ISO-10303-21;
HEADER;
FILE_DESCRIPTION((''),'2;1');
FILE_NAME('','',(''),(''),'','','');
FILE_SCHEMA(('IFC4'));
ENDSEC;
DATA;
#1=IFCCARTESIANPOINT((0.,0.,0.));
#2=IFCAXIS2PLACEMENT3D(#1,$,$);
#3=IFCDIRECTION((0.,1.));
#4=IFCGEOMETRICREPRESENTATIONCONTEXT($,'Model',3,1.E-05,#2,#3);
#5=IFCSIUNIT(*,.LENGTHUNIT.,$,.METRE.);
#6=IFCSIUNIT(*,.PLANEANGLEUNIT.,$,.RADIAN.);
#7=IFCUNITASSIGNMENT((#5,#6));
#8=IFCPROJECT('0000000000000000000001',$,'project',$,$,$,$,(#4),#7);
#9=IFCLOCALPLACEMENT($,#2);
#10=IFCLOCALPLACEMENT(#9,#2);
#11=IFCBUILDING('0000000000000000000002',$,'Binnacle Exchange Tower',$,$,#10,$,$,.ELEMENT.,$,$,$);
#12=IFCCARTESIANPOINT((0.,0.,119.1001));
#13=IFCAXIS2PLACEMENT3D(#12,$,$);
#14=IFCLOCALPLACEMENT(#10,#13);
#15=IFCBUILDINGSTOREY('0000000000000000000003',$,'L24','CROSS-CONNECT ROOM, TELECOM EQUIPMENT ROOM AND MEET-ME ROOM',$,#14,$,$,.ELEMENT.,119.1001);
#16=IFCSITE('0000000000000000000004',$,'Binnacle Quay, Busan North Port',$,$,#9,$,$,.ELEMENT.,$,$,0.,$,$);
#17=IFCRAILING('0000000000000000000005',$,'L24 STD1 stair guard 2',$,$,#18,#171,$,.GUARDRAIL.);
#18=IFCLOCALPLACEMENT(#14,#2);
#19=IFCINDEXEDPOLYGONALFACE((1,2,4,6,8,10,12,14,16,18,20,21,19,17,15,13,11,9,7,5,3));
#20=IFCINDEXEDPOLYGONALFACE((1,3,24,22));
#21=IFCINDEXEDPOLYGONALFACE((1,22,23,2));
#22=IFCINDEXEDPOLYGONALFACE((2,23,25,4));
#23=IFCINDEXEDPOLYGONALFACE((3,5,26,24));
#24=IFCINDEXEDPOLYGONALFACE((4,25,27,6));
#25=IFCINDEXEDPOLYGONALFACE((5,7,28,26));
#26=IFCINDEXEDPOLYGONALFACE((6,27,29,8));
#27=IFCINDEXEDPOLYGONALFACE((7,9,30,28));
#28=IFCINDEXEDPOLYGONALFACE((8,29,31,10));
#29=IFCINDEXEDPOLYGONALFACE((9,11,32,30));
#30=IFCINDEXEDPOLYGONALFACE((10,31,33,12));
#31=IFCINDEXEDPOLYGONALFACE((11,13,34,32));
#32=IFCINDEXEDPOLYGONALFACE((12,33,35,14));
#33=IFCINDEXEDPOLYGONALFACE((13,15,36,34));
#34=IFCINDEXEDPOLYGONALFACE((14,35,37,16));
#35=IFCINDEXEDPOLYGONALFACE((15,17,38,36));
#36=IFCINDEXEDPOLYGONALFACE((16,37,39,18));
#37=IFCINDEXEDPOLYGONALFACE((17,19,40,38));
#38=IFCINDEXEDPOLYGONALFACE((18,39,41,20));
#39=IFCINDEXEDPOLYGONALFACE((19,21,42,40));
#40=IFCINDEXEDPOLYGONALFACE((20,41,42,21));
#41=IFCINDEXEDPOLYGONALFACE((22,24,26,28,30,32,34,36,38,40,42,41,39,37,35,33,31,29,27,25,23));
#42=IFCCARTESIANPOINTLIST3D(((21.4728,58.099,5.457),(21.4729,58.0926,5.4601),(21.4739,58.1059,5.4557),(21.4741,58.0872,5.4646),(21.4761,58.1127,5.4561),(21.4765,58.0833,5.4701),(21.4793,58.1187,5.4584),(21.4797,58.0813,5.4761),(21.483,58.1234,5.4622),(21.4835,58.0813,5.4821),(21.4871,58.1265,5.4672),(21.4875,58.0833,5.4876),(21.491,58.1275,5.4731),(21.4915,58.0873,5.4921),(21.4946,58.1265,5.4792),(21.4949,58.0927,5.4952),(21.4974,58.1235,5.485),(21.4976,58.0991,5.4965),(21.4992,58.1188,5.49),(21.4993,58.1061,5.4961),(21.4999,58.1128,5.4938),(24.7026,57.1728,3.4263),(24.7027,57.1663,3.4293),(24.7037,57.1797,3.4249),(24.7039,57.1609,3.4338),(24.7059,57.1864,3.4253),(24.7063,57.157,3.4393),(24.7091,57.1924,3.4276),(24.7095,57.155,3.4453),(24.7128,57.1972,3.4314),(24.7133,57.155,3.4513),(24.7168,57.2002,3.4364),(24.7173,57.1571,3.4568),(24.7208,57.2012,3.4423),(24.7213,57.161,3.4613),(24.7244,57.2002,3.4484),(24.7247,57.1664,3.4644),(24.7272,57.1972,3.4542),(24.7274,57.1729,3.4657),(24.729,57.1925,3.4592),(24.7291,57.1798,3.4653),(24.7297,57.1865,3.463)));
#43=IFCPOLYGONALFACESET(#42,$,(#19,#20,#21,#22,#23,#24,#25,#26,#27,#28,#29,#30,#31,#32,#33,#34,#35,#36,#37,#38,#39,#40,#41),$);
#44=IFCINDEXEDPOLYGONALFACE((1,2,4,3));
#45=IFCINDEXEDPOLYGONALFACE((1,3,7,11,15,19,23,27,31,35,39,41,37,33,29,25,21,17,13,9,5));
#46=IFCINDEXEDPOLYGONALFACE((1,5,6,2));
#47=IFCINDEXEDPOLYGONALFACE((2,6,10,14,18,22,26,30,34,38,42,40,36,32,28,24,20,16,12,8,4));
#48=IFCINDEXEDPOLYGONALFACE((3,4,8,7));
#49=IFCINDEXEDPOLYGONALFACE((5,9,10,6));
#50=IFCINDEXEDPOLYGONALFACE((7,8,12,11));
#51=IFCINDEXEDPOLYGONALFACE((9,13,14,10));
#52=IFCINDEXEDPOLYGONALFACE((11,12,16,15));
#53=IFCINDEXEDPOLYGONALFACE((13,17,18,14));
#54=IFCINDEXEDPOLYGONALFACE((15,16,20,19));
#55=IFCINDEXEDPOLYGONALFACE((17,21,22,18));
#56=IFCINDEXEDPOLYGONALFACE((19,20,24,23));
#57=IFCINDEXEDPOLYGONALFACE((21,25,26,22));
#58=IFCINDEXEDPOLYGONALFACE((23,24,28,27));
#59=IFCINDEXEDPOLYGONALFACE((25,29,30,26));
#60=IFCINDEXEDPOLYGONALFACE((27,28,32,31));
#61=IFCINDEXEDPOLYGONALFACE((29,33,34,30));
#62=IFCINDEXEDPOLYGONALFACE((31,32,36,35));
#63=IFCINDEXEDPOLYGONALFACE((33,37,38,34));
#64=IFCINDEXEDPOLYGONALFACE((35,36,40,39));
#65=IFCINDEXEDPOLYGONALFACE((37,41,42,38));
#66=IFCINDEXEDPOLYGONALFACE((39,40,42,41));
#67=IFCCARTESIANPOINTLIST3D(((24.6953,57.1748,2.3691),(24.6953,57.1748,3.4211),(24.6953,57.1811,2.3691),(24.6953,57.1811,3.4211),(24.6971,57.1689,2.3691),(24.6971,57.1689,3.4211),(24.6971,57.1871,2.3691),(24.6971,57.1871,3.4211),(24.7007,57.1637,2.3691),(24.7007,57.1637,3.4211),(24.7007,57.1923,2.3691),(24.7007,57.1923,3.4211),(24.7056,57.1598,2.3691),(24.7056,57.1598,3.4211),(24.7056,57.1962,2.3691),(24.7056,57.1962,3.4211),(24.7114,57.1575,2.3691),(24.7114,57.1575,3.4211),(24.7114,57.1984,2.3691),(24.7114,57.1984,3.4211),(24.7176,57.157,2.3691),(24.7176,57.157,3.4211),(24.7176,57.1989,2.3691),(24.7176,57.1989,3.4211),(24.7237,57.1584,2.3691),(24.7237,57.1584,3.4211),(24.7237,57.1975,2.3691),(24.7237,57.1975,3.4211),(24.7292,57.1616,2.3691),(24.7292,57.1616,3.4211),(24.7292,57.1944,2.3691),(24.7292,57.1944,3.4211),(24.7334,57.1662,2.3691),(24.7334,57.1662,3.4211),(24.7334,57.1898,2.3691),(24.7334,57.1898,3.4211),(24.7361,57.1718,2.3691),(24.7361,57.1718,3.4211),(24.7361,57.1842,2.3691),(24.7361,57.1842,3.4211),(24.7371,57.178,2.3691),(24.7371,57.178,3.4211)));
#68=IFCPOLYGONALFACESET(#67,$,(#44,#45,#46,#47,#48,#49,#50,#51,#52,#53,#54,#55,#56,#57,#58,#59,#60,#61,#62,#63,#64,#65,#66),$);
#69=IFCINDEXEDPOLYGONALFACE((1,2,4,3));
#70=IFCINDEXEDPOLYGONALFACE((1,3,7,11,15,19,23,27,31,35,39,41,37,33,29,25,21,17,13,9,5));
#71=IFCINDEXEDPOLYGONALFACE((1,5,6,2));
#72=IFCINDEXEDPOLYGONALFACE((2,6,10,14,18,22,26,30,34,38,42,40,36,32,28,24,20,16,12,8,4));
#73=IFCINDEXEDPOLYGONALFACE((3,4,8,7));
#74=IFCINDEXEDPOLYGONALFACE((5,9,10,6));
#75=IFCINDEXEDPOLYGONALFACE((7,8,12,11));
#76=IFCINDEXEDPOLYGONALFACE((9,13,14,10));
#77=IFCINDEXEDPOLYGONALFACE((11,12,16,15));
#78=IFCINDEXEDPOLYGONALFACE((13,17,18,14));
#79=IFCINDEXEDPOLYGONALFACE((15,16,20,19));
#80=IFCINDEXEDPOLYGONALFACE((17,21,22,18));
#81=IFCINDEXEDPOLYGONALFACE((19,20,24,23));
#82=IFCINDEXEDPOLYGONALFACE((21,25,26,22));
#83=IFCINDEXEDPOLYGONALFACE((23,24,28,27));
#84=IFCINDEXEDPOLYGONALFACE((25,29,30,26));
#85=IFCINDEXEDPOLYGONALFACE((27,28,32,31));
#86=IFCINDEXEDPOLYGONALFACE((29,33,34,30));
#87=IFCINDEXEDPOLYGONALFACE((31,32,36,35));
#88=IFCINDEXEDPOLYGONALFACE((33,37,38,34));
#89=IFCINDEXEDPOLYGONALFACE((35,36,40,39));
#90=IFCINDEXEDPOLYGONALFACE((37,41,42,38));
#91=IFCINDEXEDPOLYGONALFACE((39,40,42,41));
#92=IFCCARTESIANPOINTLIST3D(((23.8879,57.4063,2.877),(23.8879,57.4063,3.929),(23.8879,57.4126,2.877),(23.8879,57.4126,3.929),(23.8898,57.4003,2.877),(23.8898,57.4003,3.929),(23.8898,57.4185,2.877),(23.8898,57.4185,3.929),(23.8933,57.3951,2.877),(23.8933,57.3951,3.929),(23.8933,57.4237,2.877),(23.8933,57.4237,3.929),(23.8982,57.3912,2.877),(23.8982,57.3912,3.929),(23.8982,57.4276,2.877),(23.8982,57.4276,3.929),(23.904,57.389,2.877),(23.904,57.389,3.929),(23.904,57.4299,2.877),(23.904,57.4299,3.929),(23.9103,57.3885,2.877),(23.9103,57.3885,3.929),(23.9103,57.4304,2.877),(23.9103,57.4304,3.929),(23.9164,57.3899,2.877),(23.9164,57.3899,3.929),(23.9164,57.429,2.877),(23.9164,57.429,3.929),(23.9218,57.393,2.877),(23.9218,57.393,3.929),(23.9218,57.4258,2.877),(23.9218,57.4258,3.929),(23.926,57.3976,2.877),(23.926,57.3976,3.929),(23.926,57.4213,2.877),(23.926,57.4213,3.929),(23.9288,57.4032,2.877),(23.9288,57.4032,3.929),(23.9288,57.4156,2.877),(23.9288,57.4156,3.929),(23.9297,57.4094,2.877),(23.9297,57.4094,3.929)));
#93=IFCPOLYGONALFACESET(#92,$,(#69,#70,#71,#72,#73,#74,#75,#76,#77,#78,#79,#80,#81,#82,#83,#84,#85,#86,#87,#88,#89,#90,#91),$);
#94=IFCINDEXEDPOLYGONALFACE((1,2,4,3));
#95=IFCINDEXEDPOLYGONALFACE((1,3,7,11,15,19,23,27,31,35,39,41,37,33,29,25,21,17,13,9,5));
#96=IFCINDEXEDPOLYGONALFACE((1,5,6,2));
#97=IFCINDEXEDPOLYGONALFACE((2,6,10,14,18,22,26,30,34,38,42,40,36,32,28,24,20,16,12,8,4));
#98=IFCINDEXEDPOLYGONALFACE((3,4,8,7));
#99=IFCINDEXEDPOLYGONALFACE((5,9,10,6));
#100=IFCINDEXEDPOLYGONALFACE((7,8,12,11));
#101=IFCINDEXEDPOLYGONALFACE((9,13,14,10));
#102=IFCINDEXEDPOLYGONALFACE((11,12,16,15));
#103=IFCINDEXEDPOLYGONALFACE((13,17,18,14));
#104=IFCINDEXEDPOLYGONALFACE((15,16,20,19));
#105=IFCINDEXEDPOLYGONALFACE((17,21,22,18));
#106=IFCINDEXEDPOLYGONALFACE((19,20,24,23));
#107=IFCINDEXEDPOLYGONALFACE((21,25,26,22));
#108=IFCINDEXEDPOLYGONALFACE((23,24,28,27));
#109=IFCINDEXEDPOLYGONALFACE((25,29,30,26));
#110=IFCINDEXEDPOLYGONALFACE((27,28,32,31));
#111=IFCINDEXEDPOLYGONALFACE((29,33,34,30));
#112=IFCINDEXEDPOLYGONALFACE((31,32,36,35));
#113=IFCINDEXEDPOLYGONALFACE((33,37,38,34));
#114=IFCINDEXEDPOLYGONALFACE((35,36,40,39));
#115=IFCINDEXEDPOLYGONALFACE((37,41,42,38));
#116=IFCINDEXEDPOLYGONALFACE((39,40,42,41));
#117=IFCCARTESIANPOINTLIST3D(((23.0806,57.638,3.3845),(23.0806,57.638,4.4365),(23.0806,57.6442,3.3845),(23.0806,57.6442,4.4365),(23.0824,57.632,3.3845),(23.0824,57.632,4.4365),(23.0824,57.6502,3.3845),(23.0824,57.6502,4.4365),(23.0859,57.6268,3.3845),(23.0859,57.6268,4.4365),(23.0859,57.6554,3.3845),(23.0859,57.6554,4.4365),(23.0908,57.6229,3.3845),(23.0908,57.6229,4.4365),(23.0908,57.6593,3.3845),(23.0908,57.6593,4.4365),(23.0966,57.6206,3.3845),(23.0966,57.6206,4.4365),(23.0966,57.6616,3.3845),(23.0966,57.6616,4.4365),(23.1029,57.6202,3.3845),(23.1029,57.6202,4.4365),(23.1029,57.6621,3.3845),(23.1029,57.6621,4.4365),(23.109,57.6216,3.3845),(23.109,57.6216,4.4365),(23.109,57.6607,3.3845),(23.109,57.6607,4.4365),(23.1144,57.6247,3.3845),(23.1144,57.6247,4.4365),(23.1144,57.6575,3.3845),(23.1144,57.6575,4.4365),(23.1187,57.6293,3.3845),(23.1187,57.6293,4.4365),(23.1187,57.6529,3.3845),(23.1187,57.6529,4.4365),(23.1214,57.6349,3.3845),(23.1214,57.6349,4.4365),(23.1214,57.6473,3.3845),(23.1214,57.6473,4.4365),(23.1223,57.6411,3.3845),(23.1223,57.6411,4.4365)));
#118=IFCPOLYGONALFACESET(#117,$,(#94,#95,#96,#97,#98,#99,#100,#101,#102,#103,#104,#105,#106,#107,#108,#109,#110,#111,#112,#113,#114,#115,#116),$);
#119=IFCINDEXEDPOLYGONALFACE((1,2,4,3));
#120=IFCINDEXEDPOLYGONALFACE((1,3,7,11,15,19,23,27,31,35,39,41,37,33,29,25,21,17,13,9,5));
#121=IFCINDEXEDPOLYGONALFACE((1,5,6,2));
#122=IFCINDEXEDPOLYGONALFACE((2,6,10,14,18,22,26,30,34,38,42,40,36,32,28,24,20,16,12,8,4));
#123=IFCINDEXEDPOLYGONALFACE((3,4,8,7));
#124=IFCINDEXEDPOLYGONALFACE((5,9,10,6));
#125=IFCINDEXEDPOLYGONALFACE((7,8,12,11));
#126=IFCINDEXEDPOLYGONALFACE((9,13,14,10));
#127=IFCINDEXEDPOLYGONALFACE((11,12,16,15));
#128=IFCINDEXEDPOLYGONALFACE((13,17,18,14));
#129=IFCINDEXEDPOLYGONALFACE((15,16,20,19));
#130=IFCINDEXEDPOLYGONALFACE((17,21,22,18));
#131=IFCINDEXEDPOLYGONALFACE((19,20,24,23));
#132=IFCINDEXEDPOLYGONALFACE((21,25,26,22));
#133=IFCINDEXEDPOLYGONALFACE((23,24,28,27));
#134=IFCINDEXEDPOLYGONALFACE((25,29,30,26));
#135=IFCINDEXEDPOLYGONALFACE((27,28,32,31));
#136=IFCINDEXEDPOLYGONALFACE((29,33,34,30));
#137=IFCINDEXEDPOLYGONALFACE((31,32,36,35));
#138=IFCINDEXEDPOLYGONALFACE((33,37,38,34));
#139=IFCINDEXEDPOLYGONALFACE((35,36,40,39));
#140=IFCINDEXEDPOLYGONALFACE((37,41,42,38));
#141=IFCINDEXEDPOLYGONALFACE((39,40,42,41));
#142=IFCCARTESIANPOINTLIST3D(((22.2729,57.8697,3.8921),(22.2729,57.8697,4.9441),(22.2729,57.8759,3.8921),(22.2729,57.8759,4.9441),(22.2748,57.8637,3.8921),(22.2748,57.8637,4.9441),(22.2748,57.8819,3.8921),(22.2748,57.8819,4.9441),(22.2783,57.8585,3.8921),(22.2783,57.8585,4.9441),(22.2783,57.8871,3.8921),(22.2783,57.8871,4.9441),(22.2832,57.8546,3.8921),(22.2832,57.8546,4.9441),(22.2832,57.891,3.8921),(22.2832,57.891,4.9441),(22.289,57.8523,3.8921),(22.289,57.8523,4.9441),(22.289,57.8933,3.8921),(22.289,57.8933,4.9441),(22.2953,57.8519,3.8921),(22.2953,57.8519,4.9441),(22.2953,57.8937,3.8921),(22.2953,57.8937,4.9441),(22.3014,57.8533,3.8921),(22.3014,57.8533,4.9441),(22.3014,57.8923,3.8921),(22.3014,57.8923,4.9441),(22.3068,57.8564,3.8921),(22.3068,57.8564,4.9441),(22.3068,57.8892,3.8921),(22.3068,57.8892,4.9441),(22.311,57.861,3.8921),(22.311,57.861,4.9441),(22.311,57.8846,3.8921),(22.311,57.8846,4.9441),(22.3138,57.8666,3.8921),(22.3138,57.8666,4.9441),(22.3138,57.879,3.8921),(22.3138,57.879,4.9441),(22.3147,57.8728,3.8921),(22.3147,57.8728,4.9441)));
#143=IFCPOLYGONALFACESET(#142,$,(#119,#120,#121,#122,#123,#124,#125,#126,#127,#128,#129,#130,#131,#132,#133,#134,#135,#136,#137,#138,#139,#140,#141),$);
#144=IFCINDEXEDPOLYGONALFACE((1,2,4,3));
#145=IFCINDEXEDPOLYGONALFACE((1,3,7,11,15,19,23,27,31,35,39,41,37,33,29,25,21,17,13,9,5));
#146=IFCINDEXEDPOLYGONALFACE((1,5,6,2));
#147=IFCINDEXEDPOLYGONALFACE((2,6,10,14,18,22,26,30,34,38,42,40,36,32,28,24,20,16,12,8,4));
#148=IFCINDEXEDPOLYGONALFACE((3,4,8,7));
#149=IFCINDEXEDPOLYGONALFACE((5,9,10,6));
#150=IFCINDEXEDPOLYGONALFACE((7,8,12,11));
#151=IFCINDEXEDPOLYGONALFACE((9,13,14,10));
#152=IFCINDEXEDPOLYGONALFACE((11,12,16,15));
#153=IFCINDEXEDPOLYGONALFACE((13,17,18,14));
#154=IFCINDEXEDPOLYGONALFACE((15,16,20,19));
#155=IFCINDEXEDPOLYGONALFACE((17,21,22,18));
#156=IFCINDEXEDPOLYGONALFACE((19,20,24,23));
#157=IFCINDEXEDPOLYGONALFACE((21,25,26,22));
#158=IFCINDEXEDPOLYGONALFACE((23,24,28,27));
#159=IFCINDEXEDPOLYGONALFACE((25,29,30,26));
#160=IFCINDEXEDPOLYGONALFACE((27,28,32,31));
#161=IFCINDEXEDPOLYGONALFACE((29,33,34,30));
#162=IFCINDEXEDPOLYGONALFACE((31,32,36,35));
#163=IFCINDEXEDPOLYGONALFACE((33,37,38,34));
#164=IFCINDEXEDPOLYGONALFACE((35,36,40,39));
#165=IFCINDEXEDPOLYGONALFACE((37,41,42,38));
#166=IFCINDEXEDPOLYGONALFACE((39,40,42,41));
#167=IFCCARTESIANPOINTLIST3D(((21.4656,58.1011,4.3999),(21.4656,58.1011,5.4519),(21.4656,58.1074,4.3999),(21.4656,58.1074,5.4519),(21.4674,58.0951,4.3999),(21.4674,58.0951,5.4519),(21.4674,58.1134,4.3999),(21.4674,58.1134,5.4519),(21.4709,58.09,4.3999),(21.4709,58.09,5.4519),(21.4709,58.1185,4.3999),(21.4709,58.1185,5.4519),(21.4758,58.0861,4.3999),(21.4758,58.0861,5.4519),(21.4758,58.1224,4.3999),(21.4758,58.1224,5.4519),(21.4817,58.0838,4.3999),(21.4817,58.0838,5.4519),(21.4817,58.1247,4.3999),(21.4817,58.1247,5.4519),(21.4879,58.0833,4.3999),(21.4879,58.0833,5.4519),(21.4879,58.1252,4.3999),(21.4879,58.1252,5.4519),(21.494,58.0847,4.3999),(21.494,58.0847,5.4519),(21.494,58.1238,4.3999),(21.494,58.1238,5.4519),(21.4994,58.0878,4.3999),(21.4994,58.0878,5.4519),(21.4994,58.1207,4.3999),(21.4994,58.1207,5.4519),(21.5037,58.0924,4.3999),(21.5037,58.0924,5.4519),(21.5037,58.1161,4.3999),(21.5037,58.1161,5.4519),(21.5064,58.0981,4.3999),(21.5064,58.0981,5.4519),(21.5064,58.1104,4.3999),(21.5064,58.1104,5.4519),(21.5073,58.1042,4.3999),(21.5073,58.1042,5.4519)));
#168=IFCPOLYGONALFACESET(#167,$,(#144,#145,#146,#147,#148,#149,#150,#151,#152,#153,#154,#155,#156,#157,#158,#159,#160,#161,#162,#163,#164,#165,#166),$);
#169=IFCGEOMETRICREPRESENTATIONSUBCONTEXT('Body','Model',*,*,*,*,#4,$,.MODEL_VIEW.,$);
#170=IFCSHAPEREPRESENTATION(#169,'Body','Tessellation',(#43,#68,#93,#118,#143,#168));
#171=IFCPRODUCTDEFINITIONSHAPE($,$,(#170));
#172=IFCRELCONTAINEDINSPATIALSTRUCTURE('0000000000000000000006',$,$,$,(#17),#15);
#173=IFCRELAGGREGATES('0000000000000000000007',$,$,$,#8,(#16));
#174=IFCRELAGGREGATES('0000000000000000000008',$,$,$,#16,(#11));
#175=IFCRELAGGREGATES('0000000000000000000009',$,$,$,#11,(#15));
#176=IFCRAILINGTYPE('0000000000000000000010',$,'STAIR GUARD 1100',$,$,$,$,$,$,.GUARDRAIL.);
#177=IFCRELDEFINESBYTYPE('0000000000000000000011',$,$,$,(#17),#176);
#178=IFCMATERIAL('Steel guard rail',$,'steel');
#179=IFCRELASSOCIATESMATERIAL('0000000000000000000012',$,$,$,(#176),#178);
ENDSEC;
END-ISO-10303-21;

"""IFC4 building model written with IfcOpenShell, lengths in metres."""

from ifc_helpers import new_model, si_unit, direction, frame, origin, origin_2d, place, context, subcontext, project, spatial, circle, extrude, material, type_object, element, save


model = new_model("IFC4")

# Units and contexts
model_context = context("Model", 3, precision=1e-05, world=origin(), true_north=direction((0.0, 1.0)))
body_context = subcontext(model_context, "Body", "Model", "MODEL_VIEW")
ifc_project = project(units=[si_unit("LENGTHUNIT", "METRE"), si_unit("PLANEANGLEUNIT", "RADIAN")], contexts=[model_context])

# Site, building, storey
site_placement = place(None, origin())
site = spatial("IfcSite", under=ifc_project, at=site_placement, Name="Binnacle Quay, Busan North Port", CompositionType="ELEMENT", RefElevation=0.0)
building_placement = place(site_placement, origin())
building = spatial("IfcBuilding", under=site, at=building_placement, Name="Binnacle Exchange Tower", CompositionType="ELEMENT")
storey_placement = place(building_placement, frame((0.0, 0.0, 119.1001)))
storey = spatial("IfcBuildingStorey", under=building, at=storey_placement, Name="L24", Description="CROSS-CONNECT ROOM, TELECOM EQUIPMENT ROOM AND MEET-ME ROOM", CompositionType="ELEMENT", Elevation=119.1001)

# Railing
ifc_material_1 = material(Name="Steel guard rail", Category="steel")
railing_type_1 = type_object("IfcRailingType", Name="STAIR GUARD 1100", PredefinedType="GUARDRAIL", material=ifc_material_1)
railing_1_placement = place(storey_placement, frame((24.7161, 57.178, 2.3691)))
element("IfcRailing", 1, at=railing_1_placement, inside=storey, type_object=railing_type_1, Name="L24 STD1 stair guard 2", PredefinedType="GUARDRAIL", context=body_context, shape_type="SweptSolid", body=[
    extrude(circle(Radius=0.0239, at=origin_2d()), frame((0.0, 0.0, 1.0762), z_axis=(-0.822661, 0.235935, 0.517265), x_axis=(-0.275681, -0.961249, 0.0)), (0.0, 0.0, 1.0), 3.926),
    extrude(circle(Radius=0.021, at=origin_2d()), origin(), (0.0, 0.0, 1.0), 1.052),
    extrude(circle(Radius=0.021, at=origin_2d()), frame((-0.8074, 0.2314, 0.5078)), (0.0, 0.0, 1.0), 1.052),
    extrude(circle(Radius=0.021, at=origin_2d()), frame((-1.6147, 0.4631, 1.0154)), (0.0, 0.0, 1.0), 1.052),
    extrude(circle(Radius=0.021, at=origin_2d()), frame((-2.4224, 0.6948, 1.5229)), (0.0, 0.0, 1.0), 1.052),
    extrude(circle(Radius=0.021, at=origin_2d()), frame((-3.2297, 0.9263, 2.0308)), (0.0, 0.0, 1.0), 1.052),
])

save(model, "model.ifc")
